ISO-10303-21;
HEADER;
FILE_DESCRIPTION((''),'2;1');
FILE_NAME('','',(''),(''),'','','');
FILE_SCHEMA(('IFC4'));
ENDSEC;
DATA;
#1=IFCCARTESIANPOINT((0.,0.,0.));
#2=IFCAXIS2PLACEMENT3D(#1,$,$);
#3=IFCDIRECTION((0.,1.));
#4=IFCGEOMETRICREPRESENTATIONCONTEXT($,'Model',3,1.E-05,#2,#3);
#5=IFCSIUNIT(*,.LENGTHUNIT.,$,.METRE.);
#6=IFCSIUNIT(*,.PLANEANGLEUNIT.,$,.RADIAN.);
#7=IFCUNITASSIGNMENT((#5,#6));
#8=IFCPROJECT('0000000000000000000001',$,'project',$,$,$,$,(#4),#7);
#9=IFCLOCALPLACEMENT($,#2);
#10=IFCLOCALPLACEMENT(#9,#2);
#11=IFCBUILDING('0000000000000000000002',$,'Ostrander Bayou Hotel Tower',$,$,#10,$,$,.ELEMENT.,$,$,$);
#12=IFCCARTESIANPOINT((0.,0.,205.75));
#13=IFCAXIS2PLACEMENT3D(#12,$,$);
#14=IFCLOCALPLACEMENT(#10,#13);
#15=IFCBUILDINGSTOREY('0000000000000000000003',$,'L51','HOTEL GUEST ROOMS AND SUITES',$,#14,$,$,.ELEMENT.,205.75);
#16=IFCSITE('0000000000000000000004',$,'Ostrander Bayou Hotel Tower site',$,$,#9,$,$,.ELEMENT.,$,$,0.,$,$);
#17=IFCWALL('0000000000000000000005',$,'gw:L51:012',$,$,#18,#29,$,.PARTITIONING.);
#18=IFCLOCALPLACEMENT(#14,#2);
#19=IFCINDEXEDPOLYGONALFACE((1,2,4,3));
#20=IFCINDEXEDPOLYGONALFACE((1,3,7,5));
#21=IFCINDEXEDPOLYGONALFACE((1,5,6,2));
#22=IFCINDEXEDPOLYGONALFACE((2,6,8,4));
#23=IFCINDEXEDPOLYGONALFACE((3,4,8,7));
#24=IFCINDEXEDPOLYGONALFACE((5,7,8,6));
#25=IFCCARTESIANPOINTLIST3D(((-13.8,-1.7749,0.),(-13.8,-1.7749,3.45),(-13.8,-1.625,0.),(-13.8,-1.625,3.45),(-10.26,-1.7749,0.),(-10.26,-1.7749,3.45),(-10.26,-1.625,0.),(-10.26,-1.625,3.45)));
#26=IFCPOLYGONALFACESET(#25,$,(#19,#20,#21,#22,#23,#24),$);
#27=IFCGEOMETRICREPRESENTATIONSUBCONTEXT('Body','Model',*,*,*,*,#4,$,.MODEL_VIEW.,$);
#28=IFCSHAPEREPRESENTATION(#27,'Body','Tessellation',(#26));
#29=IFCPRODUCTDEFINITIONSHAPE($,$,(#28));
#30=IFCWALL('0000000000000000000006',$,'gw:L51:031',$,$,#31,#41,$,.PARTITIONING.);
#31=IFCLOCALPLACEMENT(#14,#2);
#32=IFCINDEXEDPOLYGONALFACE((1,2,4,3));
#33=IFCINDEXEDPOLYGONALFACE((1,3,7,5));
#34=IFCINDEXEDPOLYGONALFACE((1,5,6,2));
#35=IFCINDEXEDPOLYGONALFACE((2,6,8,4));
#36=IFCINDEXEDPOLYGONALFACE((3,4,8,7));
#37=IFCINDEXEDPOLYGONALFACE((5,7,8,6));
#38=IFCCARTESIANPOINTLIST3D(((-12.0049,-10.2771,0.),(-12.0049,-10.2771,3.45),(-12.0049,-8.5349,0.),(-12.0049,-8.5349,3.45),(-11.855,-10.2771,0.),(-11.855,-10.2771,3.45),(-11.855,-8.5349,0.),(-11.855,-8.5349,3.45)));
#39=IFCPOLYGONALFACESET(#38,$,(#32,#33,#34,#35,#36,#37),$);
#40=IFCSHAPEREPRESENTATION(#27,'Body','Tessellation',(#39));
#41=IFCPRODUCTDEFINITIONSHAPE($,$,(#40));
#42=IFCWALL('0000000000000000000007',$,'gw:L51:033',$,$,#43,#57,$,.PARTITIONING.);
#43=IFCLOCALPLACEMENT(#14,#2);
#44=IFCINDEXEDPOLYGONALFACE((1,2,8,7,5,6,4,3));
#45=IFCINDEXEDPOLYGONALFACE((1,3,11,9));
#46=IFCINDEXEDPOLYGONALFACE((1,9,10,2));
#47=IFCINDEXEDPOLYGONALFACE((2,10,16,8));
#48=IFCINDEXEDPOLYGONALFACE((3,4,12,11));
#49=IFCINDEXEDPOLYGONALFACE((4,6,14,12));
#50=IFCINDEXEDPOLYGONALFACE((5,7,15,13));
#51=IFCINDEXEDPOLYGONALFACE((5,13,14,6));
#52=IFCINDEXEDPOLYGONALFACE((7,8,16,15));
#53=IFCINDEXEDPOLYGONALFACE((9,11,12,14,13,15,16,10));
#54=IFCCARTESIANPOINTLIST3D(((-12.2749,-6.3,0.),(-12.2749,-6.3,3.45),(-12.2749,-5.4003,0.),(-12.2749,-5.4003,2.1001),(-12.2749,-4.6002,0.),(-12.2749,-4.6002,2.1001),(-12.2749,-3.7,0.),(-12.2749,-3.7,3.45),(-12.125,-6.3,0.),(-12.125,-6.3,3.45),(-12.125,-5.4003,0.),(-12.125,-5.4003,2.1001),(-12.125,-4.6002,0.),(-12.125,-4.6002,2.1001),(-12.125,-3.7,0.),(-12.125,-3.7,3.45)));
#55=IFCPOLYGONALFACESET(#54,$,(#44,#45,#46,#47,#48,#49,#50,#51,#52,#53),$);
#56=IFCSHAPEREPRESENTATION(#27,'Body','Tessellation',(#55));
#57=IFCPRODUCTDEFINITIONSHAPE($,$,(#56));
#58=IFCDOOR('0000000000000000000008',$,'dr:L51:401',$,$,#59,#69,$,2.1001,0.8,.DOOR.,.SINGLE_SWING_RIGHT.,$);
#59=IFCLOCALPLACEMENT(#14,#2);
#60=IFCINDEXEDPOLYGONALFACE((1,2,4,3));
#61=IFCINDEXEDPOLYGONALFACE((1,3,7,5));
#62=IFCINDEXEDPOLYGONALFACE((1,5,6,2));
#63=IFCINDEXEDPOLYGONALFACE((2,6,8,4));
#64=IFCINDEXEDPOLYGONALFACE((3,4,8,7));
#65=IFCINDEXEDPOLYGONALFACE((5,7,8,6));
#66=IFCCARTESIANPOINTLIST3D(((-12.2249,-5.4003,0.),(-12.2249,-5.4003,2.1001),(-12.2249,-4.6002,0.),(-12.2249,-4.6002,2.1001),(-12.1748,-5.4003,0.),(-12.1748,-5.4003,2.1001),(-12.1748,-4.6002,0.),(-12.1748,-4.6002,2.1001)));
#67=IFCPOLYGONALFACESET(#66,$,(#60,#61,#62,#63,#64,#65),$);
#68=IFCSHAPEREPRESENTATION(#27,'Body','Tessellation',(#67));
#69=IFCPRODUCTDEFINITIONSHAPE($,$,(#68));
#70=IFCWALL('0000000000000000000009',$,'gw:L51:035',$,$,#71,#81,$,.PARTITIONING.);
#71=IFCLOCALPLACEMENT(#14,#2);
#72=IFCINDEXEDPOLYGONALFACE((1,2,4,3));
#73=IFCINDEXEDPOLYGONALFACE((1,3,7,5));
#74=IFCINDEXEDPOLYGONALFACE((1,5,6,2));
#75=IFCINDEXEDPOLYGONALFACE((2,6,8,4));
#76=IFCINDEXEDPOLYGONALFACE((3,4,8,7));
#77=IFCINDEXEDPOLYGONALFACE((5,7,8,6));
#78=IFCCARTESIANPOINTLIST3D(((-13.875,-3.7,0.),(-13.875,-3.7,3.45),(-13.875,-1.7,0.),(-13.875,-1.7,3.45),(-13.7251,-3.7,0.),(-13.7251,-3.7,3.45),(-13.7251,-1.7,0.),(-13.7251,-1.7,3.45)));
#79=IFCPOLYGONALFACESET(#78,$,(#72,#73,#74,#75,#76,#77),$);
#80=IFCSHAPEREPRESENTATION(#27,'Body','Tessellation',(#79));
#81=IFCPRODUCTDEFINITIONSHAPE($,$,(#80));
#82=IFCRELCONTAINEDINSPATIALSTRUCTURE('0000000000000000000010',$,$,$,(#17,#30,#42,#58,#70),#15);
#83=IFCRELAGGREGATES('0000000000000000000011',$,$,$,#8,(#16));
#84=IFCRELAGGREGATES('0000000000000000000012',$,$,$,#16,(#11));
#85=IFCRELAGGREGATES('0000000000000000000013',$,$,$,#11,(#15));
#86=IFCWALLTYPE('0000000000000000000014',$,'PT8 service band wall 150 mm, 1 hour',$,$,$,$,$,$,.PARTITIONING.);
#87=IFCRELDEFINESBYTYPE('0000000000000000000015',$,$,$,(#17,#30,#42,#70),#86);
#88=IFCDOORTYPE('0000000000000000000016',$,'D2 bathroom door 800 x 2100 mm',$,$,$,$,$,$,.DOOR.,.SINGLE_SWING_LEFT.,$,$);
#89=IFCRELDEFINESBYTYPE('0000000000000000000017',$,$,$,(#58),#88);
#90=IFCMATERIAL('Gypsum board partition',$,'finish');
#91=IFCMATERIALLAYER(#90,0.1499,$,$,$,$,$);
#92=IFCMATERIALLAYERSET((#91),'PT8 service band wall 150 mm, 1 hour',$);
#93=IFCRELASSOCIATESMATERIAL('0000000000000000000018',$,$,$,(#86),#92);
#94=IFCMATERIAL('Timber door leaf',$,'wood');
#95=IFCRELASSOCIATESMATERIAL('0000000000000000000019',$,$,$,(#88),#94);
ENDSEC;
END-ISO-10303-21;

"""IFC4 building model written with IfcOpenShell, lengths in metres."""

from ifc_helpers import new_model, si_unit, direction, frame, frame_2d, origin, place, context, subcontext, project, spatial, rectangle, extrude, material, layer, layer_set, type_object, element, fill, save


model = new_model("IFC4")

# Units and contexts
model_context = context("Model", 3, precision=1e-05, world=origin(), true_north=direction((0.0, 1.0)))
body_context = subcontext(model_context, "Body", "Model", "MODEL_VIEW")
ifc_project = project(units=[si_unit("LENGTHUNIT", "METRE"), si_unit("PLANEANGLEUNIT", "RADIAN")], contexts=[model_context])

# Site, building, storey
site_placement = place(None, origin())
site = spatial("IfcSite", under=ifc_project, at=site_placement, Name="Ostrander Bayou Hotel Tower site", CompositionType="ELEMENT", RefElevation=0.0)
building_placement = place(site_placement, origin())
building = spatial("IfcBuilding", under=site, at=building_placement, Name="Ostrander Bayou Hotel Tower", CompositionType="ELEMENT")
storey_placement = place(building_placement, frame((0.0, 0.0, 205.75)))
storey = spatial("IfcBuildingStorey", under=building, at=storey_placement, Name="L51", Description="HOTEL GUEST ROOMS AND SUITES", CompositionType="ELEMENT", Elevation=205.75)

# Shared definitions
ifc_material_1 = material(Name="Gypsum board partition", Category="finish")
ifc_layer_1 = layer(ifc_material_1, 0.1499)
ifc_layer_set_1 = layer_set([ifc_layer_1], Name="PT8 service band wall 150 mm, 1 hour")
wall_type_1 = type_object("IfcWallType", Name="PT8 service band wall 150 mm, 1 hour", PredefinedType="PARTITIONING", material=ifc_layer_set_1)

# Walls
wall_1_placement = place(storey_placement, frame((-13.8, -1.7, 0.0), z_axis=(0.0, 0.0, 1.0), x_axis=(1.0, 0.0, 0.0)))
element("IfcWall", 1, at=wall_1_placement, inside=storey, type_object=wall_type_1, Name="gw:L51:012", PredefinedType="PARTITIONING", context=body_context, shape_type="SweptSolid", body=[
    extrude(rectangle(XDim=3.54, YDim=0.1499, at=frame_2d((1.77, 0.0))), origin(), (0.0, 0.0, 1.0), 3.45),
])
wall_2_placement = place(storey_placement, frame((-11.9299, -10.2771, 0.0), z_axis=(0.0, 0.0, 1.0), x_axis=(0.0, 1.0, 0.0)))
element("IfcWall", 2, at=wall_2_placement, inside=storey, type_object=wall_type_1, Name="gw:L51:031", PredefinedType="PARTITIONING", context=body_context, shape_type="SweptSolid", body=[
    extrude(rectangle(XDim=1.7422, YDim=0.1499, at=frame_2d((0.8711, 0.0))), origin(), (0.0, 0.0, 1.0), 3.45),
])

# Wall, opening, door
wall_3_placement = place(storey_placement, frame((-12.2, -6.3, 0.0), z_axis=(0.0, 0.0, 1.0), x_axis=(0.0, 1.0, 0.0)))
wall_3 = element("IfcWall", 3, at=wall_3_placement, inside=storey, type_object=wall_type_1, Name="gw:L51:033", PredefinedType="PARTITIONING", context=body_context, shape_type="SweptSolid", body=[
    extrude(rectangle(XDim=2.6001, YDim=0.1499, at=frame_2d((1.3, 0.0))), origin(), (0.0, 0.0, 1.0), 3.45),
])
opening_1_placement = place(wall_3_placement, frame((0.8999, 0.0, 0.0)))
opening_1 = element("IfcOpeningElement", 4, at=opening_1_placement, cuts=wall_3, PredefinedType="OPENING", context=body_context, shape_type="SweptSolid", body=[
    extrude(rectangle(XDim=0.8, YDim=2.1001, at=frame_2d((0.3999, 1.05))), frame((0.0, 0.075, 0.0), z_axis=(0.0, -1.0, 0.0), x_axis=(1.0, 0.0, 0.0)), (0.0, 0.0, 1.0), 0.1499),
])
ifc_material_2 = material(Name="Timber door leaf", Category="wood")
door_type_1 = type_object("IfcDoorType", Name="D2 bathroom door 800 x 2100 mm", OperationType="SINGLE_SWING_LEFT", PredefinedType="DOOR", material=ifc_material_2)
door_1_placement = place(opening_1_placement, origin())
door_1 = element("IfcDoor", 5, at=door_1_placement, inside=storey, type_object=door_type_1, Name="dr:L51:401", OperationType="SINGLE_SWING_RIGHT", OverallHeight=2.1001, OverallWidth=0.8, PredefinedType="DOOR", context=body_context, shape_type="SweptSolid", body=[
    extrude(rectangle(XDim=0.8, YDim=2.1001, at=frame_2d((0.3999, 1.05))), frame((0.0, 0.0249, 0.0), z_axis=(0.0, -1.0, 0.0), x_axis=(1.0, 0.0, 0.0)), (0.0, 0.0, 1.0), 0.05),
])
fill(opening_1, door_1)

# Wall
wall_4_placement = place(storey_placement, frame((-13.8, -3.7, 0.0), z_axis=(0.0, 0.0, 1.0), x_axis=(0.0, 1.0, 0.0)))
element("IfcWall", 6, at=wall_4_placement, inside=storey, type_object=wall_type_1, Name="gw:L51:035", PredefinedType="PARTITIONING", context=body_context, shape_type="SweptSolid", body=[
    extrude(rectangle(XDim=2.0, YDim=0.1499, at=frame_2d((1.0, 0.0))), origin(), (0.0, 0.0, 1.0), 3.45),
])

save(model, "model.ifc")
